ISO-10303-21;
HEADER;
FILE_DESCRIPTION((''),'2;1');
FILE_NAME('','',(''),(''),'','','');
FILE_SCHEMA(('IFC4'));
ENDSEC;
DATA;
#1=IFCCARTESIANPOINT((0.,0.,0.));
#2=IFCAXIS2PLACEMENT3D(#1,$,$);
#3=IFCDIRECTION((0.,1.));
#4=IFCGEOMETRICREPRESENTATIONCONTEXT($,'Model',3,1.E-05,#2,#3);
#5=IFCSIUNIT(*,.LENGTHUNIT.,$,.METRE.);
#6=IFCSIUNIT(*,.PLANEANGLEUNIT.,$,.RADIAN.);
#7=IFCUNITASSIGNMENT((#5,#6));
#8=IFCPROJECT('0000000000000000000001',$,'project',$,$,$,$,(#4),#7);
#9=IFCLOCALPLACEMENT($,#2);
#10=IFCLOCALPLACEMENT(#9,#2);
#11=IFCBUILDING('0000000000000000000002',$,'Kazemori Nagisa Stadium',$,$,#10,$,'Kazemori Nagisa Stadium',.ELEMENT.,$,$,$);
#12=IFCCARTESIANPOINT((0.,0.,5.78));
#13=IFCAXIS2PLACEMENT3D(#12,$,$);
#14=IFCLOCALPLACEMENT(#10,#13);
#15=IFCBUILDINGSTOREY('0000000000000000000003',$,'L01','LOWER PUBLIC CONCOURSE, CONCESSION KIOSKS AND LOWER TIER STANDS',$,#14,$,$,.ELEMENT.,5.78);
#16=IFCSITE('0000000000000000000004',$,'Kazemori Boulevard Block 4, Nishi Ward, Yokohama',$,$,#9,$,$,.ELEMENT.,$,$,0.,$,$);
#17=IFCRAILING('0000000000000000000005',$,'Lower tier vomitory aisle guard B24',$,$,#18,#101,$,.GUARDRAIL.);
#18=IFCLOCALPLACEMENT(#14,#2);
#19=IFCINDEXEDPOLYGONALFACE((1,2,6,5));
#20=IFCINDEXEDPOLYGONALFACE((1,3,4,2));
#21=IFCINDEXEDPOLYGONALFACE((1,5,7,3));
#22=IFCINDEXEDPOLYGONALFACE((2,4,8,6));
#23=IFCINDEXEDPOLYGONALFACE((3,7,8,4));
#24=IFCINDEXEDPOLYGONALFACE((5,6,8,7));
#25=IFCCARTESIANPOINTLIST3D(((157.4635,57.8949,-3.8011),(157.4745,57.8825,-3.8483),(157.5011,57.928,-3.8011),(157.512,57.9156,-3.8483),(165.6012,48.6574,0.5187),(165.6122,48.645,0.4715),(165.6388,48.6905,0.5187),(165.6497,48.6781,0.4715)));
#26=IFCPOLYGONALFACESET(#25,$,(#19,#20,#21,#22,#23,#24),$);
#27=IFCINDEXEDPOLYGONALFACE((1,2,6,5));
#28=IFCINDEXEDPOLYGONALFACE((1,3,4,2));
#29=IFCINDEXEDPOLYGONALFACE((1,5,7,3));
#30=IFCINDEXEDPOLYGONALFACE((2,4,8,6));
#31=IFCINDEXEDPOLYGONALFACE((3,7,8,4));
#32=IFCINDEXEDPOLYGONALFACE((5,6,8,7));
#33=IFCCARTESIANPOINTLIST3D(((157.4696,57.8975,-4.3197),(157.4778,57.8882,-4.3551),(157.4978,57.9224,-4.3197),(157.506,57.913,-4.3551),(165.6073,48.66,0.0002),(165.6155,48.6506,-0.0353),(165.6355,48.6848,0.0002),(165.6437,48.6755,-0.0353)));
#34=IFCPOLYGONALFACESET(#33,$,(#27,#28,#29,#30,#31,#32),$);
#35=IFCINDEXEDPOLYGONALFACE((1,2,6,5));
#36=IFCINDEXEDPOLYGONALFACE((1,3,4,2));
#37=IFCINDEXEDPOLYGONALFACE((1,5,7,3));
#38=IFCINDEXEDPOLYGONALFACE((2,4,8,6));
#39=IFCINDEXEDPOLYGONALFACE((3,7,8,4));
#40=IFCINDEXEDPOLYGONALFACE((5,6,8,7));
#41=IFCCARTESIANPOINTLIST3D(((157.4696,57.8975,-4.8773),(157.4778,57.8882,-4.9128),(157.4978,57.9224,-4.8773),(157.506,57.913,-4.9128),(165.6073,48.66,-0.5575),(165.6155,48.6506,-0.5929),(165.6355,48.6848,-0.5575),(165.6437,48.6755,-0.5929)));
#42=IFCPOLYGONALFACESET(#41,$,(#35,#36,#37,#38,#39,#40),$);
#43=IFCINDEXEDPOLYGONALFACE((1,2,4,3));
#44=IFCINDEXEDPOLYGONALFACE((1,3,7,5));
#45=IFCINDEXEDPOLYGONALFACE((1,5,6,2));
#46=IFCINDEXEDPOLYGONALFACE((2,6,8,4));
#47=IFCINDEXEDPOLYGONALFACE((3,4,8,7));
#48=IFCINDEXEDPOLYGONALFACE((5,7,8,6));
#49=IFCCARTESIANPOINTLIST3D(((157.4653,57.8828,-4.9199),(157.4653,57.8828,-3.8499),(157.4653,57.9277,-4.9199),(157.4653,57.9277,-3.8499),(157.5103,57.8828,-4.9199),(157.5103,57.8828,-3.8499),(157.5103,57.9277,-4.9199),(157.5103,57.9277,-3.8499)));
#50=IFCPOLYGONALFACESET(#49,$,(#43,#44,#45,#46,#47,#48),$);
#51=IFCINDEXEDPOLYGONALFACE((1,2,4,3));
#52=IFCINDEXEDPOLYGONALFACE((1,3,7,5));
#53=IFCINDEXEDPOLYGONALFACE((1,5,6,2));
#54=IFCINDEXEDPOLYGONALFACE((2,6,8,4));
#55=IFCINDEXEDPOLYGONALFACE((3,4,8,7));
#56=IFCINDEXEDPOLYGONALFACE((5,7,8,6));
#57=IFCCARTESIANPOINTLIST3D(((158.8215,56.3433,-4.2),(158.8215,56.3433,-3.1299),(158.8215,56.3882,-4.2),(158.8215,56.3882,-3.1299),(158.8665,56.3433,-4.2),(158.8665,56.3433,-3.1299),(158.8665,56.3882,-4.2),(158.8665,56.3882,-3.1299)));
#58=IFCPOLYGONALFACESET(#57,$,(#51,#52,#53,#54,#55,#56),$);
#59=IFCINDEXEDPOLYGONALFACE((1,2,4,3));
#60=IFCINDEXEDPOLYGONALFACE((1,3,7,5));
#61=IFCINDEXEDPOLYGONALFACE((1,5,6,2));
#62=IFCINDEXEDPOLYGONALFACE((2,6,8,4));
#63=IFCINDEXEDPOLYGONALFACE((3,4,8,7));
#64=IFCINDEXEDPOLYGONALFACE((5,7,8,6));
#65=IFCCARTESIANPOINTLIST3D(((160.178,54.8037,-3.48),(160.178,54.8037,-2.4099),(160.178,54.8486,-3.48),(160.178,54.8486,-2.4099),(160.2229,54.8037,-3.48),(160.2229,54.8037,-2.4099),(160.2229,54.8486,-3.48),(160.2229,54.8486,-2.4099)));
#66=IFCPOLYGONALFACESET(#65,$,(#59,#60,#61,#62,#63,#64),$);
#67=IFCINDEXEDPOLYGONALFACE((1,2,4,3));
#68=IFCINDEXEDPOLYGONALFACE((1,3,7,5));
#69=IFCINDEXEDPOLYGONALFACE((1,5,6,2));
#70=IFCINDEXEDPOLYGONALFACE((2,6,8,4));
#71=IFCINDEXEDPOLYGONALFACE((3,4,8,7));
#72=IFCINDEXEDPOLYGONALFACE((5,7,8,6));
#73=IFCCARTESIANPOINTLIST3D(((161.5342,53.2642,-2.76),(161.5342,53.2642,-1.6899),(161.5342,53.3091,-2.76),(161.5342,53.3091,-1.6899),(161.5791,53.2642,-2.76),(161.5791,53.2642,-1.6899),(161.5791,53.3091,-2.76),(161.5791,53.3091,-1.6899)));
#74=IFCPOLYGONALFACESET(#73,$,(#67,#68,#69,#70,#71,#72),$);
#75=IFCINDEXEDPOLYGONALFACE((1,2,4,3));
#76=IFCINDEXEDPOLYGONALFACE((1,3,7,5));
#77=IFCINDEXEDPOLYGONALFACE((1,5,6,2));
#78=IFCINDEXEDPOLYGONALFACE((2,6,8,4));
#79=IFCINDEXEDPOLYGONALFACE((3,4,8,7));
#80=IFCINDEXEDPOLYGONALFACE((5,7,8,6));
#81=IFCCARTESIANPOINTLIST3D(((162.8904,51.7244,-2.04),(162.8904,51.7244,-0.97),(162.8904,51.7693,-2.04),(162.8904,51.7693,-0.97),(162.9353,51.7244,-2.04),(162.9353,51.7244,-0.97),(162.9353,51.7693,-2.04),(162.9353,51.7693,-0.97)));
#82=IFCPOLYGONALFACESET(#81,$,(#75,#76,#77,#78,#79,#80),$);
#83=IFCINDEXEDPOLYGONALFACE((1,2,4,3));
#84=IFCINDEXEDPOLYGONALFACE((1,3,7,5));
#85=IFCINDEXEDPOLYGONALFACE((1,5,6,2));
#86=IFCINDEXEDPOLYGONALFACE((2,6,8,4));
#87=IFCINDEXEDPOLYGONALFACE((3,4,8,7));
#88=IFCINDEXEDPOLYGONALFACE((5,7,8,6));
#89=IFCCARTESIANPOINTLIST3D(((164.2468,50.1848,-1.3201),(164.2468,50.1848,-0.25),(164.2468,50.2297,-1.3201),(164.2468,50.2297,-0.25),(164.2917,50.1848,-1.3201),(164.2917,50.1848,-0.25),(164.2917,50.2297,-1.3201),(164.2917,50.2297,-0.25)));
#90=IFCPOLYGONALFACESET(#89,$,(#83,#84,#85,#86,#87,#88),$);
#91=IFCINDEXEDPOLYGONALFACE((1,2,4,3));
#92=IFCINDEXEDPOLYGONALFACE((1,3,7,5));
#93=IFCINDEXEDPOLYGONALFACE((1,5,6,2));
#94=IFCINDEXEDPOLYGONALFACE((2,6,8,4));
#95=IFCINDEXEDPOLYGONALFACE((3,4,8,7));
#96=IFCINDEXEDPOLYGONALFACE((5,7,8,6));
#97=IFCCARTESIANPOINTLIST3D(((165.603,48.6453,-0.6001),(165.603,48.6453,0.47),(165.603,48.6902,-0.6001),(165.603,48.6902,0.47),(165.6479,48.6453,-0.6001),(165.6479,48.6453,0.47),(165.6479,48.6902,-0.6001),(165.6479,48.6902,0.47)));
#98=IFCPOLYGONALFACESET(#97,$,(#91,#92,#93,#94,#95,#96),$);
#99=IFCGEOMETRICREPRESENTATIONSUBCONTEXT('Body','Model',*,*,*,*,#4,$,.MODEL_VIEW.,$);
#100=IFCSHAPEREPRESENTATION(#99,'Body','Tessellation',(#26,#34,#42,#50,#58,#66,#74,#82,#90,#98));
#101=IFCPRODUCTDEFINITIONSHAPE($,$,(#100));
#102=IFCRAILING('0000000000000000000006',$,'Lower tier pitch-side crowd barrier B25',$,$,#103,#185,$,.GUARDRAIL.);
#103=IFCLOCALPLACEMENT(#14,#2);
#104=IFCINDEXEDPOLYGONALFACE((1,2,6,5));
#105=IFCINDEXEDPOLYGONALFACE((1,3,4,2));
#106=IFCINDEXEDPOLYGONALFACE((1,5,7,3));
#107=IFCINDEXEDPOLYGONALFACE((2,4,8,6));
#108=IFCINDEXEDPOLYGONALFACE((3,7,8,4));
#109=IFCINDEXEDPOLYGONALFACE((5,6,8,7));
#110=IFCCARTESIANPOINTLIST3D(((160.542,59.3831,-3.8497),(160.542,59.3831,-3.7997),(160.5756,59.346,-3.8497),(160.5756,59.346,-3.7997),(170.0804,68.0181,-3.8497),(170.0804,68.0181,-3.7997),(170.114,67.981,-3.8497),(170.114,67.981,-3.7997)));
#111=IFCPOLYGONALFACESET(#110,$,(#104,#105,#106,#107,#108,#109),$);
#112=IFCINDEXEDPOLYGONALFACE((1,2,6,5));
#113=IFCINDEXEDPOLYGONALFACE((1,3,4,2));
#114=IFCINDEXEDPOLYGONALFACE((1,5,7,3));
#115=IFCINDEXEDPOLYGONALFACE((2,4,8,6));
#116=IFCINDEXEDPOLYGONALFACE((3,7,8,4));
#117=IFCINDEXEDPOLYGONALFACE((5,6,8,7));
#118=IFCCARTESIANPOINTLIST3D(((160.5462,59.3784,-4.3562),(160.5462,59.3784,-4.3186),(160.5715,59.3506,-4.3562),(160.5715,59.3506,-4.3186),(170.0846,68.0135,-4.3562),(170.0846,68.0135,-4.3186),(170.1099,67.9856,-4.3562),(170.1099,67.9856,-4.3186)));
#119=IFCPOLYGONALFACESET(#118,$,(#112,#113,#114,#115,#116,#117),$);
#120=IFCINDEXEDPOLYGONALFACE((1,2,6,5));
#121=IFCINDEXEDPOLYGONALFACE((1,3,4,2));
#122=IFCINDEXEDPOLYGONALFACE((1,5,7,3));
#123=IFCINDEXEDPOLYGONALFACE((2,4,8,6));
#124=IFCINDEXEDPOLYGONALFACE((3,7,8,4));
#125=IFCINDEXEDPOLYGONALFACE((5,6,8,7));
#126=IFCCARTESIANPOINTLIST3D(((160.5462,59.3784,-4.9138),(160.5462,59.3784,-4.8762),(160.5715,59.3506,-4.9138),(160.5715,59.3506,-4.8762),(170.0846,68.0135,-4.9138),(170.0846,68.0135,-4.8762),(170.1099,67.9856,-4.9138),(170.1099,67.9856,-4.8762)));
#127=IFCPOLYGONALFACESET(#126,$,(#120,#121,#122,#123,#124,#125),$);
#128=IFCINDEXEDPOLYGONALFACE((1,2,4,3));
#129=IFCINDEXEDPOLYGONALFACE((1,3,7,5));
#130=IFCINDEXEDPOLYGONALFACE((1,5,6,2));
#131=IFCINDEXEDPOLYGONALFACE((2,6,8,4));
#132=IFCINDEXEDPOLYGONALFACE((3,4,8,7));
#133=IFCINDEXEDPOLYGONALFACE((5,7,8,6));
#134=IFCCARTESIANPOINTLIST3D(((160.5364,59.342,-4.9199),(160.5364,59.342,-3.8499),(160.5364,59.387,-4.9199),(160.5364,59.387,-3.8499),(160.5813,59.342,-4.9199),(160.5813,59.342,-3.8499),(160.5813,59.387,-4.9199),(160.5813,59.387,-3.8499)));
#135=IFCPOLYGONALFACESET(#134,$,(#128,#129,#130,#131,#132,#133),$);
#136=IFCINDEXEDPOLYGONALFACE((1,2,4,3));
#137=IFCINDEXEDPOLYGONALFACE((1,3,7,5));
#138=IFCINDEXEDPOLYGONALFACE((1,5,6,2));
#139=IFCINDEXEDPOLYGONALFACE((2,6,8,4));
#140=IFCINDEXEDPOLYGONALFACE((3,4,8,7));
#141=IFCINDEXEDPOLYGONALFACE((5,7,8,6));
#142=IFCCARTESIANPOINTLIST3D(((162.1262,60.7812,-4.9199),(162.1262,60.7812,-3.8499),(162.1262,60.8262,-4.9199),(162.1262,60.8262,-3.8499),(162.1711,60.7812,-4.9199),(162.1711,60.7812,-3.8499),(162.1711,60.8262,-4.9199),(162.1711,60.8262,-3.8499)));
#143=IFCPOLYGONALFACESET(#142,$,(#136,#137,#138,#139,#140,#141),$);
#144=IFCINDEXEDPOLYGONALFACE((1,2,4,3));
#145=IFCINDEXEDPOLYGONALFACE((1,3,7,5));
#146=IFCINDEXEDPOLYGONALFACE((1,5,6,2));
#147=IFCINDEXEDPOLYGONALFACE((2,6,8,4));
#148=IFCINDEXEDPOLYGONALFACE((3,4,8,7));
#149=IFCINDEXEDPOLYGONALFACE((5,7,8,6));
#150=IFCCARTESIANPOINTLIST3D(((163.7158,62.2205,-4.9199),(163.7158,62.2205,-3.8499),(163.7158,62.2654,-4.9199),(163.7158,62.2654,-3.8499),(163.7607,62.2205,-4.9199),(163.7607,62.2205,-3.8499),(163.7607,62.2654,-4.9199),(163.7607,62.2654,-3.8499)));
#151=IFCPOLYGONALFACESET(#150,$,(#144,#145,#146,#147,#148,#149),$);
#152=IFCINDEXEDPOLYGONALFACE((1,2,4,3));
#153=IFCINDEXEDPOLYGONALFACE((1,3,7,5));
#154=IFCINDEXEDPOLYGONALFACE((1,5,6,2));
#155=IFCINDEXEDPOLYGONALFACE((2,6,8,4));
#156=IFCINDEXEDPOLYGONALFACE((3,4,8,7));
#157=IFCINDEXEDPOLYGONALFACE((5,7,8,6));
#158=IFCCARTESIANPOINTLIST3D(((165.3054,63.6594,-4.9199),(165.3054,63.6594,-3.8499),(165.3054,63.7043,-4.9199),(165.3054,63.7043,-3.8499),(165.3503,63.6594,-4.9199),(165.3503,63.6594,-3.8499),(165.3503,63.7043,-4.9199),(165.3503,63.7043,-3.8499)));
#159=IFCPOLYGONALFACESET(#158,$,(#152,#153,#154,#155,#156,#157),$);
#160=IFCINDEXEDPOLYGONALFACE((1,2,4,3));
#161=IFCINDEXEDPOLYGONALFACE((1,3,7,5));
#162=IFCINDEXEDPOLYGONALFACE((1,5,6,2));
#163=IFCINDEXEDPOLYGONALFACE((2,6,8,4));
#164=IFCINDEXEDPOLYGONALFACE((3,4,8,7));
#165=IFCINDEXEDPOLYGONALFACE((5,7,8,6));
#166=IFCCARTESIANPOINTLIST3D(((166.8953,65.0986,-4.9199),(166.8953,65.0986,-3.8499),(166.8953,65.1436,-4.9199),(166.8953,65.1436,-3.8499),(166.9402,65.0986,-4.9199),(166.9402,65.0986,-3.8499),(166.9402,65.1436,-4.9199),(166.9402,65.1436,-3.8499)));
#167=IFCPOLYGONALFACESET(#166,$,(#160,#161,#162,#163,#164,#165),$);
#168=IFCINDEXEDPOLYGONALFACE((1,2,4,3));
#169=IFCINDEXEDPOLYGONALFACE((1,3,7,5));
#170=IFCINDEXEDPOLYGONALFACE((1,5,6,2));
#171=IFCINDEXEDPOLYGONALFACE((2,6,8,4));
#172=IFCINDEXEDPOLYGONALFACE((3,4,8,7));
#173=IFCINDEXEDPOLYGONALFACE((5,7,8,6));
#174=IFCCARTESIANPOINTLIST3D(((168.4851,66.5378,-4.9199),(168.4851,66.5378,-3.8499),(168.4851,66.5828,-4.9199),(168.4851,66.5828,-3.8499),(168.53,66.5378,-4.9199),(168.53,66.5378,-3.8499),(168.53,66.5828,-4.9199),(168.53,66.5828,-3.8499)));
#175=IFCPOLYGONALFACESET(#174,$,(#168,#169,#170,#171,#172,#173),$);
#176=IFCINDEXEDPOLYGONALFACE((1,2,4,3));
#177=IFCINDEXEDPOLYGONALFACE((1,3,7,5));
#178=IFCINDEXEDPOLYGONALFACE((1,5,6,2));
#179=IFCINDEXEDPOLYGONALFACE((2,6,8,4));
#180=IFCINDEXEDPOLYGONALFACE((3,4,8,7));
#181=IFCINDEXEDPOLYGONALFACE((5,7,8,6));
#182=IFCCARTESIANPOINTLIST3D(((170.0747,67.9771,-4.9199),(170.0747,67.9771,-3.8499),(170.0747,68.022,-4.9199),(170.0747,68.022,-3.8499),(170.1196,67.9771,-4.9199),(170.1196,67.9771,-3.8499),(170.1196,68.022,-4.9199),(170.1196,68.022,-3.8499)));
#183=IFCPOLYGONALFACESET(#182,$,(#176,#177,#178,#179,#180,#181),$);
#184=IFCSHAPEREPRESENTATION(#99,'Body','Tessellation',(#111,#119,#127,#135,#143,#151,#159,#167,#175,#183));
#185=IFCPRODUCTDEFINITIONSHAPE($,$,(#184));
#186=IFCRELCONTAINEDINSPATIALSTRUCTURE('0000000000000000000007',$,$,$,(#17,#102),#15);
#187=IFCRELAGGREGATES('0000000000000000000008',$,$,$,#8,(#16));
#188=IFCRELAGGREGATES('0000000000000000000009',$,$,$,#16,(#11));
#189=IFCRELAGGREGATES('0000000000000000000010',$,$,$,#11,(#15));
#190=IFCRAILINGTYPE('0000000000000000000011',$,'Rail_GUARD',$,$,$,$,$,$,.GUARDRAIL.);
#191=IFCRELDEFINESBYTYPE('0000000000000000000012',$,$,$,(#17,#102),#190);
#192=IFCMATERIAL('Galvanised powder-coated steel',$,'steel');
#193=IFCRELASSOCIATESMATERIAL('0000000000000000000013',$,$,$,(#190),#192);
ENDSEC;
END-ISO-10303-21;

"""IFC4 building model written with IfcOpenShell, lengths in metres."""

from ifc_helpers import new_model, si_unit, direction, frame, origin, origin_2d, place, context, subcontext, project, spatial, rectangle, extrude, material, type_object, element, save


model = new_model("IFC4")

# Units and contexts
model_context = context("Model", 3, precision=1e-05, world=origin(), true_north=direction((0.0, 1.0)))
body_context = subcontext(model_context, "Body", "Model", "MODEL_VIEW")
ifc_project = project(units=[si_unit("LENGTHUNIT", "METRE"), si_unit("PLANEANGLEUNIT", "RADIAN")], contexts=[model_context])

# Site, building, storey
site_placement = place(None, origin())
site = spatial("IfcSite", under=ifc_project, at=site_placement, Name="Kazemori Boulevard Block 4, Nishi Ward, Yokohama", CompositionType="ELEMENT", RefElevation=0.0)
building_placement = place(site_placement, origin())
building = spatial("IfcBuilding", under=site, at=building_placement, Name="Kazemori Nagisa Stadium", LongName="Kazemori Nagisa Stadium", CompositionType="ELEMENT")
storey_placement = place(building_placement, frame((0.0, 0.0, 5.78)))
storey = spatial("IfcBuildingStorey", under=building, at=storey_placement, Name="L01", Description="LOWER PUBLIC CONCOURSE, CONCESSION KIOSKS AND LOWER TIER STANDS", CompositionType="ELEMENT", Elevation=5.78)

# Railings
ifc_material_1 = material(Name="Galvanised powder-coated steel", Category="steel")
railing_type_1 = type_object("IfcRailingType", Name="Rail_GUARD", PredefinedType="GUARDRAIL", material=ifc_material_1)
railing_1_placement = place(storey_placement, frame((157.4878, 57.9053, -4.9199)))
element("IfcRailing", 1, at=railing_1_placement, inside=storey, type_object=railing_type_1, Name="Lower tier vomitory aisle guard B24", PredefinedType="GUARDRAIL", context=body_context, shape_type="SweptSolid", body=[
    extrude(rectangle(XDim=0.05, YDim=0.05, at=origin_2d()), frame((0.0, 0.0, 1.0952), z_axis=(0.623738, -0.708039, 0.331106), x_axis=(0.750365, 0.661024, 0.0)), (0.0, 0.0, 1.0), 13.0466),
    extrude(rectangle(XDim=0.0376, YDim=0.0376, at=origin_2d()), frame((0.0, 0.0, 0.5825), z_axis=(0.623738, -0.708039, 0.331106), x_axis=(0.750365, 0.661024, 0.0)), (0.0, 0.0, 1.0), 13.0466),
    extrude(rectangle(XDim=0.0376, YDim=0.0376, at=origin_2d()), frame((0.0, 0.0, 0.0249), z_axis=(0.623738, -0.708039, 0.331106), x_axis=(0.750365, 0.661024, 0.0)), (0.0, 0.0, 1.0), 13.0466),
    extrude(rectangle(XDim=0.0449, YDim=0.0449, at=origin_2d()), origin(), (0.0, 0.0, 1.0), 1.0701),
    extrude(rectangle(XDim=0.0449, YDim=0.0449, at=origin_2d()), frame((1.3562, -1.5396, 0.72)), (0.0, 0.0, 1.0), 1.0701),
    extrude(rectangle(XDim=0.0449, YDim=0.0449, at=origin_2d()), frame((2.7126, -3.0791, 1.4399)), (0.0, 0.0, 1.0), 1.0701),
    extrude(rectangle(XDim=0.0449, YDim=0.0449, at=origin_2d()), frame((4.0688, -4.6187, 2.1599)), (0.0, 0.0, 1.0), 1.0701),
    extrude(rectangle(XDim=0.0449, YDim=0.0449, at=origin_2d()), frame((5.425, -6.1584, 2.8799)), (0.0, 0.0, 1.0), 1.0701),
    extrude(rectangle(XDim=0.0449, YDim=0.0449, at=origin_2d()), frame((6.7815, -7.698, 3.5999)), (0.0, 0.0, 1.0), 1.0701),
    extrude(rectangle(XDim=0.0449, YDim=0.0449, at=origin_2d()), frame((8.1377, -9.2375, 4.3198)), (0.0, 0.0, 1.0), 1.0701),
])
railing_2_placement = place(storey_placement, frame((160.5588, 59.3645, -4.9199)))
element("IfcRailing", 2, at=railing_2_placement, inside=storey, type_object=railing_type_1, Name="Lower tier pitch-side crowd barrier B25", PredefinedType="GUARDRAIL", context=body_context, shape_type="SweptSolid", body=[
    extrude(rectangle(XDim=0.05, YDim=0.05, at=origin_2d()), frame((0.0, 0.0, 1.0952), z_axis=(0.741339, 0.671131, 0.0), x_axis=(-0.671131, 0.741339, 0.0)), (0.0, 0.0, 1.0), 12.8665),
    extrude(rectangle(XDim=0.0376, YDim=0.0376, at=origin_2d()), frame((0.0, 0.0, 0.5825), z_axis=(0.741339, 0.671131, 0.0), x_axis=(-0.671131, 0.741339, 0.0)), (0.0, 0.0, 1.0), 12.8665),
    extrude(rectangle(XDim=0.0376, YDim=0.0376, at=origin_2d()), frame((0.0, 0.0, 0.0249), z_axis=(0.741339, 0.671131, 0.0), x_axis=(-0.671131, 0.741339, 0.0)), (0.0, 0.0, 1.0), 12.8665),
    extrude(rectangle(XDim=0.0449, YDim=0.0449, at=origin_2d()), origin(), (0.0, 0.0, 1.0), 1.0701),
    extrude(rectangle(XDim=0.0449, YDim=0.0449, at=origin_2d()), frame((1.5898, 1.4392, 0.0)), (0.0, 0.0, 1.0), 1.0701),
    extrude(rectangle(XDim=0.0449, YDim=0.0449, at=origin_2d()), frame((3.1794, 2.8784, 0.0)), (0.0, 0.0, 1.0), 1.0701),
    extrude(rectangle(XDim=0.0449, YDim=0.0449, at=origin_2d()), frame((4.769, 4.3174, 0.0)), (0.0, 0.0, 1.0), 1.0701),
    extrude(rectangle(XDim=0.0449, YDim=0.0449, at=origin_2d()), frame((6.3589, 5.7566, 0.0)), (0.0, 0.0, 1.0), 1.0701),
    extrude(rectangle(XDim=0.0449, YDim=0.0449, at=origin_2d()), frame((7.9487, 7.1958, 0.0)), (0.0, 0.0, 1.0), 1.0701),
    extrude(rectangle(XDim=0.0449, YDim=0.0449, at=origin_2d()), frame((9.5383, 8.635, 0.0)), (0.0, 0.0, 1.0), 1.0701),
])

save(model, "model.ifc")
